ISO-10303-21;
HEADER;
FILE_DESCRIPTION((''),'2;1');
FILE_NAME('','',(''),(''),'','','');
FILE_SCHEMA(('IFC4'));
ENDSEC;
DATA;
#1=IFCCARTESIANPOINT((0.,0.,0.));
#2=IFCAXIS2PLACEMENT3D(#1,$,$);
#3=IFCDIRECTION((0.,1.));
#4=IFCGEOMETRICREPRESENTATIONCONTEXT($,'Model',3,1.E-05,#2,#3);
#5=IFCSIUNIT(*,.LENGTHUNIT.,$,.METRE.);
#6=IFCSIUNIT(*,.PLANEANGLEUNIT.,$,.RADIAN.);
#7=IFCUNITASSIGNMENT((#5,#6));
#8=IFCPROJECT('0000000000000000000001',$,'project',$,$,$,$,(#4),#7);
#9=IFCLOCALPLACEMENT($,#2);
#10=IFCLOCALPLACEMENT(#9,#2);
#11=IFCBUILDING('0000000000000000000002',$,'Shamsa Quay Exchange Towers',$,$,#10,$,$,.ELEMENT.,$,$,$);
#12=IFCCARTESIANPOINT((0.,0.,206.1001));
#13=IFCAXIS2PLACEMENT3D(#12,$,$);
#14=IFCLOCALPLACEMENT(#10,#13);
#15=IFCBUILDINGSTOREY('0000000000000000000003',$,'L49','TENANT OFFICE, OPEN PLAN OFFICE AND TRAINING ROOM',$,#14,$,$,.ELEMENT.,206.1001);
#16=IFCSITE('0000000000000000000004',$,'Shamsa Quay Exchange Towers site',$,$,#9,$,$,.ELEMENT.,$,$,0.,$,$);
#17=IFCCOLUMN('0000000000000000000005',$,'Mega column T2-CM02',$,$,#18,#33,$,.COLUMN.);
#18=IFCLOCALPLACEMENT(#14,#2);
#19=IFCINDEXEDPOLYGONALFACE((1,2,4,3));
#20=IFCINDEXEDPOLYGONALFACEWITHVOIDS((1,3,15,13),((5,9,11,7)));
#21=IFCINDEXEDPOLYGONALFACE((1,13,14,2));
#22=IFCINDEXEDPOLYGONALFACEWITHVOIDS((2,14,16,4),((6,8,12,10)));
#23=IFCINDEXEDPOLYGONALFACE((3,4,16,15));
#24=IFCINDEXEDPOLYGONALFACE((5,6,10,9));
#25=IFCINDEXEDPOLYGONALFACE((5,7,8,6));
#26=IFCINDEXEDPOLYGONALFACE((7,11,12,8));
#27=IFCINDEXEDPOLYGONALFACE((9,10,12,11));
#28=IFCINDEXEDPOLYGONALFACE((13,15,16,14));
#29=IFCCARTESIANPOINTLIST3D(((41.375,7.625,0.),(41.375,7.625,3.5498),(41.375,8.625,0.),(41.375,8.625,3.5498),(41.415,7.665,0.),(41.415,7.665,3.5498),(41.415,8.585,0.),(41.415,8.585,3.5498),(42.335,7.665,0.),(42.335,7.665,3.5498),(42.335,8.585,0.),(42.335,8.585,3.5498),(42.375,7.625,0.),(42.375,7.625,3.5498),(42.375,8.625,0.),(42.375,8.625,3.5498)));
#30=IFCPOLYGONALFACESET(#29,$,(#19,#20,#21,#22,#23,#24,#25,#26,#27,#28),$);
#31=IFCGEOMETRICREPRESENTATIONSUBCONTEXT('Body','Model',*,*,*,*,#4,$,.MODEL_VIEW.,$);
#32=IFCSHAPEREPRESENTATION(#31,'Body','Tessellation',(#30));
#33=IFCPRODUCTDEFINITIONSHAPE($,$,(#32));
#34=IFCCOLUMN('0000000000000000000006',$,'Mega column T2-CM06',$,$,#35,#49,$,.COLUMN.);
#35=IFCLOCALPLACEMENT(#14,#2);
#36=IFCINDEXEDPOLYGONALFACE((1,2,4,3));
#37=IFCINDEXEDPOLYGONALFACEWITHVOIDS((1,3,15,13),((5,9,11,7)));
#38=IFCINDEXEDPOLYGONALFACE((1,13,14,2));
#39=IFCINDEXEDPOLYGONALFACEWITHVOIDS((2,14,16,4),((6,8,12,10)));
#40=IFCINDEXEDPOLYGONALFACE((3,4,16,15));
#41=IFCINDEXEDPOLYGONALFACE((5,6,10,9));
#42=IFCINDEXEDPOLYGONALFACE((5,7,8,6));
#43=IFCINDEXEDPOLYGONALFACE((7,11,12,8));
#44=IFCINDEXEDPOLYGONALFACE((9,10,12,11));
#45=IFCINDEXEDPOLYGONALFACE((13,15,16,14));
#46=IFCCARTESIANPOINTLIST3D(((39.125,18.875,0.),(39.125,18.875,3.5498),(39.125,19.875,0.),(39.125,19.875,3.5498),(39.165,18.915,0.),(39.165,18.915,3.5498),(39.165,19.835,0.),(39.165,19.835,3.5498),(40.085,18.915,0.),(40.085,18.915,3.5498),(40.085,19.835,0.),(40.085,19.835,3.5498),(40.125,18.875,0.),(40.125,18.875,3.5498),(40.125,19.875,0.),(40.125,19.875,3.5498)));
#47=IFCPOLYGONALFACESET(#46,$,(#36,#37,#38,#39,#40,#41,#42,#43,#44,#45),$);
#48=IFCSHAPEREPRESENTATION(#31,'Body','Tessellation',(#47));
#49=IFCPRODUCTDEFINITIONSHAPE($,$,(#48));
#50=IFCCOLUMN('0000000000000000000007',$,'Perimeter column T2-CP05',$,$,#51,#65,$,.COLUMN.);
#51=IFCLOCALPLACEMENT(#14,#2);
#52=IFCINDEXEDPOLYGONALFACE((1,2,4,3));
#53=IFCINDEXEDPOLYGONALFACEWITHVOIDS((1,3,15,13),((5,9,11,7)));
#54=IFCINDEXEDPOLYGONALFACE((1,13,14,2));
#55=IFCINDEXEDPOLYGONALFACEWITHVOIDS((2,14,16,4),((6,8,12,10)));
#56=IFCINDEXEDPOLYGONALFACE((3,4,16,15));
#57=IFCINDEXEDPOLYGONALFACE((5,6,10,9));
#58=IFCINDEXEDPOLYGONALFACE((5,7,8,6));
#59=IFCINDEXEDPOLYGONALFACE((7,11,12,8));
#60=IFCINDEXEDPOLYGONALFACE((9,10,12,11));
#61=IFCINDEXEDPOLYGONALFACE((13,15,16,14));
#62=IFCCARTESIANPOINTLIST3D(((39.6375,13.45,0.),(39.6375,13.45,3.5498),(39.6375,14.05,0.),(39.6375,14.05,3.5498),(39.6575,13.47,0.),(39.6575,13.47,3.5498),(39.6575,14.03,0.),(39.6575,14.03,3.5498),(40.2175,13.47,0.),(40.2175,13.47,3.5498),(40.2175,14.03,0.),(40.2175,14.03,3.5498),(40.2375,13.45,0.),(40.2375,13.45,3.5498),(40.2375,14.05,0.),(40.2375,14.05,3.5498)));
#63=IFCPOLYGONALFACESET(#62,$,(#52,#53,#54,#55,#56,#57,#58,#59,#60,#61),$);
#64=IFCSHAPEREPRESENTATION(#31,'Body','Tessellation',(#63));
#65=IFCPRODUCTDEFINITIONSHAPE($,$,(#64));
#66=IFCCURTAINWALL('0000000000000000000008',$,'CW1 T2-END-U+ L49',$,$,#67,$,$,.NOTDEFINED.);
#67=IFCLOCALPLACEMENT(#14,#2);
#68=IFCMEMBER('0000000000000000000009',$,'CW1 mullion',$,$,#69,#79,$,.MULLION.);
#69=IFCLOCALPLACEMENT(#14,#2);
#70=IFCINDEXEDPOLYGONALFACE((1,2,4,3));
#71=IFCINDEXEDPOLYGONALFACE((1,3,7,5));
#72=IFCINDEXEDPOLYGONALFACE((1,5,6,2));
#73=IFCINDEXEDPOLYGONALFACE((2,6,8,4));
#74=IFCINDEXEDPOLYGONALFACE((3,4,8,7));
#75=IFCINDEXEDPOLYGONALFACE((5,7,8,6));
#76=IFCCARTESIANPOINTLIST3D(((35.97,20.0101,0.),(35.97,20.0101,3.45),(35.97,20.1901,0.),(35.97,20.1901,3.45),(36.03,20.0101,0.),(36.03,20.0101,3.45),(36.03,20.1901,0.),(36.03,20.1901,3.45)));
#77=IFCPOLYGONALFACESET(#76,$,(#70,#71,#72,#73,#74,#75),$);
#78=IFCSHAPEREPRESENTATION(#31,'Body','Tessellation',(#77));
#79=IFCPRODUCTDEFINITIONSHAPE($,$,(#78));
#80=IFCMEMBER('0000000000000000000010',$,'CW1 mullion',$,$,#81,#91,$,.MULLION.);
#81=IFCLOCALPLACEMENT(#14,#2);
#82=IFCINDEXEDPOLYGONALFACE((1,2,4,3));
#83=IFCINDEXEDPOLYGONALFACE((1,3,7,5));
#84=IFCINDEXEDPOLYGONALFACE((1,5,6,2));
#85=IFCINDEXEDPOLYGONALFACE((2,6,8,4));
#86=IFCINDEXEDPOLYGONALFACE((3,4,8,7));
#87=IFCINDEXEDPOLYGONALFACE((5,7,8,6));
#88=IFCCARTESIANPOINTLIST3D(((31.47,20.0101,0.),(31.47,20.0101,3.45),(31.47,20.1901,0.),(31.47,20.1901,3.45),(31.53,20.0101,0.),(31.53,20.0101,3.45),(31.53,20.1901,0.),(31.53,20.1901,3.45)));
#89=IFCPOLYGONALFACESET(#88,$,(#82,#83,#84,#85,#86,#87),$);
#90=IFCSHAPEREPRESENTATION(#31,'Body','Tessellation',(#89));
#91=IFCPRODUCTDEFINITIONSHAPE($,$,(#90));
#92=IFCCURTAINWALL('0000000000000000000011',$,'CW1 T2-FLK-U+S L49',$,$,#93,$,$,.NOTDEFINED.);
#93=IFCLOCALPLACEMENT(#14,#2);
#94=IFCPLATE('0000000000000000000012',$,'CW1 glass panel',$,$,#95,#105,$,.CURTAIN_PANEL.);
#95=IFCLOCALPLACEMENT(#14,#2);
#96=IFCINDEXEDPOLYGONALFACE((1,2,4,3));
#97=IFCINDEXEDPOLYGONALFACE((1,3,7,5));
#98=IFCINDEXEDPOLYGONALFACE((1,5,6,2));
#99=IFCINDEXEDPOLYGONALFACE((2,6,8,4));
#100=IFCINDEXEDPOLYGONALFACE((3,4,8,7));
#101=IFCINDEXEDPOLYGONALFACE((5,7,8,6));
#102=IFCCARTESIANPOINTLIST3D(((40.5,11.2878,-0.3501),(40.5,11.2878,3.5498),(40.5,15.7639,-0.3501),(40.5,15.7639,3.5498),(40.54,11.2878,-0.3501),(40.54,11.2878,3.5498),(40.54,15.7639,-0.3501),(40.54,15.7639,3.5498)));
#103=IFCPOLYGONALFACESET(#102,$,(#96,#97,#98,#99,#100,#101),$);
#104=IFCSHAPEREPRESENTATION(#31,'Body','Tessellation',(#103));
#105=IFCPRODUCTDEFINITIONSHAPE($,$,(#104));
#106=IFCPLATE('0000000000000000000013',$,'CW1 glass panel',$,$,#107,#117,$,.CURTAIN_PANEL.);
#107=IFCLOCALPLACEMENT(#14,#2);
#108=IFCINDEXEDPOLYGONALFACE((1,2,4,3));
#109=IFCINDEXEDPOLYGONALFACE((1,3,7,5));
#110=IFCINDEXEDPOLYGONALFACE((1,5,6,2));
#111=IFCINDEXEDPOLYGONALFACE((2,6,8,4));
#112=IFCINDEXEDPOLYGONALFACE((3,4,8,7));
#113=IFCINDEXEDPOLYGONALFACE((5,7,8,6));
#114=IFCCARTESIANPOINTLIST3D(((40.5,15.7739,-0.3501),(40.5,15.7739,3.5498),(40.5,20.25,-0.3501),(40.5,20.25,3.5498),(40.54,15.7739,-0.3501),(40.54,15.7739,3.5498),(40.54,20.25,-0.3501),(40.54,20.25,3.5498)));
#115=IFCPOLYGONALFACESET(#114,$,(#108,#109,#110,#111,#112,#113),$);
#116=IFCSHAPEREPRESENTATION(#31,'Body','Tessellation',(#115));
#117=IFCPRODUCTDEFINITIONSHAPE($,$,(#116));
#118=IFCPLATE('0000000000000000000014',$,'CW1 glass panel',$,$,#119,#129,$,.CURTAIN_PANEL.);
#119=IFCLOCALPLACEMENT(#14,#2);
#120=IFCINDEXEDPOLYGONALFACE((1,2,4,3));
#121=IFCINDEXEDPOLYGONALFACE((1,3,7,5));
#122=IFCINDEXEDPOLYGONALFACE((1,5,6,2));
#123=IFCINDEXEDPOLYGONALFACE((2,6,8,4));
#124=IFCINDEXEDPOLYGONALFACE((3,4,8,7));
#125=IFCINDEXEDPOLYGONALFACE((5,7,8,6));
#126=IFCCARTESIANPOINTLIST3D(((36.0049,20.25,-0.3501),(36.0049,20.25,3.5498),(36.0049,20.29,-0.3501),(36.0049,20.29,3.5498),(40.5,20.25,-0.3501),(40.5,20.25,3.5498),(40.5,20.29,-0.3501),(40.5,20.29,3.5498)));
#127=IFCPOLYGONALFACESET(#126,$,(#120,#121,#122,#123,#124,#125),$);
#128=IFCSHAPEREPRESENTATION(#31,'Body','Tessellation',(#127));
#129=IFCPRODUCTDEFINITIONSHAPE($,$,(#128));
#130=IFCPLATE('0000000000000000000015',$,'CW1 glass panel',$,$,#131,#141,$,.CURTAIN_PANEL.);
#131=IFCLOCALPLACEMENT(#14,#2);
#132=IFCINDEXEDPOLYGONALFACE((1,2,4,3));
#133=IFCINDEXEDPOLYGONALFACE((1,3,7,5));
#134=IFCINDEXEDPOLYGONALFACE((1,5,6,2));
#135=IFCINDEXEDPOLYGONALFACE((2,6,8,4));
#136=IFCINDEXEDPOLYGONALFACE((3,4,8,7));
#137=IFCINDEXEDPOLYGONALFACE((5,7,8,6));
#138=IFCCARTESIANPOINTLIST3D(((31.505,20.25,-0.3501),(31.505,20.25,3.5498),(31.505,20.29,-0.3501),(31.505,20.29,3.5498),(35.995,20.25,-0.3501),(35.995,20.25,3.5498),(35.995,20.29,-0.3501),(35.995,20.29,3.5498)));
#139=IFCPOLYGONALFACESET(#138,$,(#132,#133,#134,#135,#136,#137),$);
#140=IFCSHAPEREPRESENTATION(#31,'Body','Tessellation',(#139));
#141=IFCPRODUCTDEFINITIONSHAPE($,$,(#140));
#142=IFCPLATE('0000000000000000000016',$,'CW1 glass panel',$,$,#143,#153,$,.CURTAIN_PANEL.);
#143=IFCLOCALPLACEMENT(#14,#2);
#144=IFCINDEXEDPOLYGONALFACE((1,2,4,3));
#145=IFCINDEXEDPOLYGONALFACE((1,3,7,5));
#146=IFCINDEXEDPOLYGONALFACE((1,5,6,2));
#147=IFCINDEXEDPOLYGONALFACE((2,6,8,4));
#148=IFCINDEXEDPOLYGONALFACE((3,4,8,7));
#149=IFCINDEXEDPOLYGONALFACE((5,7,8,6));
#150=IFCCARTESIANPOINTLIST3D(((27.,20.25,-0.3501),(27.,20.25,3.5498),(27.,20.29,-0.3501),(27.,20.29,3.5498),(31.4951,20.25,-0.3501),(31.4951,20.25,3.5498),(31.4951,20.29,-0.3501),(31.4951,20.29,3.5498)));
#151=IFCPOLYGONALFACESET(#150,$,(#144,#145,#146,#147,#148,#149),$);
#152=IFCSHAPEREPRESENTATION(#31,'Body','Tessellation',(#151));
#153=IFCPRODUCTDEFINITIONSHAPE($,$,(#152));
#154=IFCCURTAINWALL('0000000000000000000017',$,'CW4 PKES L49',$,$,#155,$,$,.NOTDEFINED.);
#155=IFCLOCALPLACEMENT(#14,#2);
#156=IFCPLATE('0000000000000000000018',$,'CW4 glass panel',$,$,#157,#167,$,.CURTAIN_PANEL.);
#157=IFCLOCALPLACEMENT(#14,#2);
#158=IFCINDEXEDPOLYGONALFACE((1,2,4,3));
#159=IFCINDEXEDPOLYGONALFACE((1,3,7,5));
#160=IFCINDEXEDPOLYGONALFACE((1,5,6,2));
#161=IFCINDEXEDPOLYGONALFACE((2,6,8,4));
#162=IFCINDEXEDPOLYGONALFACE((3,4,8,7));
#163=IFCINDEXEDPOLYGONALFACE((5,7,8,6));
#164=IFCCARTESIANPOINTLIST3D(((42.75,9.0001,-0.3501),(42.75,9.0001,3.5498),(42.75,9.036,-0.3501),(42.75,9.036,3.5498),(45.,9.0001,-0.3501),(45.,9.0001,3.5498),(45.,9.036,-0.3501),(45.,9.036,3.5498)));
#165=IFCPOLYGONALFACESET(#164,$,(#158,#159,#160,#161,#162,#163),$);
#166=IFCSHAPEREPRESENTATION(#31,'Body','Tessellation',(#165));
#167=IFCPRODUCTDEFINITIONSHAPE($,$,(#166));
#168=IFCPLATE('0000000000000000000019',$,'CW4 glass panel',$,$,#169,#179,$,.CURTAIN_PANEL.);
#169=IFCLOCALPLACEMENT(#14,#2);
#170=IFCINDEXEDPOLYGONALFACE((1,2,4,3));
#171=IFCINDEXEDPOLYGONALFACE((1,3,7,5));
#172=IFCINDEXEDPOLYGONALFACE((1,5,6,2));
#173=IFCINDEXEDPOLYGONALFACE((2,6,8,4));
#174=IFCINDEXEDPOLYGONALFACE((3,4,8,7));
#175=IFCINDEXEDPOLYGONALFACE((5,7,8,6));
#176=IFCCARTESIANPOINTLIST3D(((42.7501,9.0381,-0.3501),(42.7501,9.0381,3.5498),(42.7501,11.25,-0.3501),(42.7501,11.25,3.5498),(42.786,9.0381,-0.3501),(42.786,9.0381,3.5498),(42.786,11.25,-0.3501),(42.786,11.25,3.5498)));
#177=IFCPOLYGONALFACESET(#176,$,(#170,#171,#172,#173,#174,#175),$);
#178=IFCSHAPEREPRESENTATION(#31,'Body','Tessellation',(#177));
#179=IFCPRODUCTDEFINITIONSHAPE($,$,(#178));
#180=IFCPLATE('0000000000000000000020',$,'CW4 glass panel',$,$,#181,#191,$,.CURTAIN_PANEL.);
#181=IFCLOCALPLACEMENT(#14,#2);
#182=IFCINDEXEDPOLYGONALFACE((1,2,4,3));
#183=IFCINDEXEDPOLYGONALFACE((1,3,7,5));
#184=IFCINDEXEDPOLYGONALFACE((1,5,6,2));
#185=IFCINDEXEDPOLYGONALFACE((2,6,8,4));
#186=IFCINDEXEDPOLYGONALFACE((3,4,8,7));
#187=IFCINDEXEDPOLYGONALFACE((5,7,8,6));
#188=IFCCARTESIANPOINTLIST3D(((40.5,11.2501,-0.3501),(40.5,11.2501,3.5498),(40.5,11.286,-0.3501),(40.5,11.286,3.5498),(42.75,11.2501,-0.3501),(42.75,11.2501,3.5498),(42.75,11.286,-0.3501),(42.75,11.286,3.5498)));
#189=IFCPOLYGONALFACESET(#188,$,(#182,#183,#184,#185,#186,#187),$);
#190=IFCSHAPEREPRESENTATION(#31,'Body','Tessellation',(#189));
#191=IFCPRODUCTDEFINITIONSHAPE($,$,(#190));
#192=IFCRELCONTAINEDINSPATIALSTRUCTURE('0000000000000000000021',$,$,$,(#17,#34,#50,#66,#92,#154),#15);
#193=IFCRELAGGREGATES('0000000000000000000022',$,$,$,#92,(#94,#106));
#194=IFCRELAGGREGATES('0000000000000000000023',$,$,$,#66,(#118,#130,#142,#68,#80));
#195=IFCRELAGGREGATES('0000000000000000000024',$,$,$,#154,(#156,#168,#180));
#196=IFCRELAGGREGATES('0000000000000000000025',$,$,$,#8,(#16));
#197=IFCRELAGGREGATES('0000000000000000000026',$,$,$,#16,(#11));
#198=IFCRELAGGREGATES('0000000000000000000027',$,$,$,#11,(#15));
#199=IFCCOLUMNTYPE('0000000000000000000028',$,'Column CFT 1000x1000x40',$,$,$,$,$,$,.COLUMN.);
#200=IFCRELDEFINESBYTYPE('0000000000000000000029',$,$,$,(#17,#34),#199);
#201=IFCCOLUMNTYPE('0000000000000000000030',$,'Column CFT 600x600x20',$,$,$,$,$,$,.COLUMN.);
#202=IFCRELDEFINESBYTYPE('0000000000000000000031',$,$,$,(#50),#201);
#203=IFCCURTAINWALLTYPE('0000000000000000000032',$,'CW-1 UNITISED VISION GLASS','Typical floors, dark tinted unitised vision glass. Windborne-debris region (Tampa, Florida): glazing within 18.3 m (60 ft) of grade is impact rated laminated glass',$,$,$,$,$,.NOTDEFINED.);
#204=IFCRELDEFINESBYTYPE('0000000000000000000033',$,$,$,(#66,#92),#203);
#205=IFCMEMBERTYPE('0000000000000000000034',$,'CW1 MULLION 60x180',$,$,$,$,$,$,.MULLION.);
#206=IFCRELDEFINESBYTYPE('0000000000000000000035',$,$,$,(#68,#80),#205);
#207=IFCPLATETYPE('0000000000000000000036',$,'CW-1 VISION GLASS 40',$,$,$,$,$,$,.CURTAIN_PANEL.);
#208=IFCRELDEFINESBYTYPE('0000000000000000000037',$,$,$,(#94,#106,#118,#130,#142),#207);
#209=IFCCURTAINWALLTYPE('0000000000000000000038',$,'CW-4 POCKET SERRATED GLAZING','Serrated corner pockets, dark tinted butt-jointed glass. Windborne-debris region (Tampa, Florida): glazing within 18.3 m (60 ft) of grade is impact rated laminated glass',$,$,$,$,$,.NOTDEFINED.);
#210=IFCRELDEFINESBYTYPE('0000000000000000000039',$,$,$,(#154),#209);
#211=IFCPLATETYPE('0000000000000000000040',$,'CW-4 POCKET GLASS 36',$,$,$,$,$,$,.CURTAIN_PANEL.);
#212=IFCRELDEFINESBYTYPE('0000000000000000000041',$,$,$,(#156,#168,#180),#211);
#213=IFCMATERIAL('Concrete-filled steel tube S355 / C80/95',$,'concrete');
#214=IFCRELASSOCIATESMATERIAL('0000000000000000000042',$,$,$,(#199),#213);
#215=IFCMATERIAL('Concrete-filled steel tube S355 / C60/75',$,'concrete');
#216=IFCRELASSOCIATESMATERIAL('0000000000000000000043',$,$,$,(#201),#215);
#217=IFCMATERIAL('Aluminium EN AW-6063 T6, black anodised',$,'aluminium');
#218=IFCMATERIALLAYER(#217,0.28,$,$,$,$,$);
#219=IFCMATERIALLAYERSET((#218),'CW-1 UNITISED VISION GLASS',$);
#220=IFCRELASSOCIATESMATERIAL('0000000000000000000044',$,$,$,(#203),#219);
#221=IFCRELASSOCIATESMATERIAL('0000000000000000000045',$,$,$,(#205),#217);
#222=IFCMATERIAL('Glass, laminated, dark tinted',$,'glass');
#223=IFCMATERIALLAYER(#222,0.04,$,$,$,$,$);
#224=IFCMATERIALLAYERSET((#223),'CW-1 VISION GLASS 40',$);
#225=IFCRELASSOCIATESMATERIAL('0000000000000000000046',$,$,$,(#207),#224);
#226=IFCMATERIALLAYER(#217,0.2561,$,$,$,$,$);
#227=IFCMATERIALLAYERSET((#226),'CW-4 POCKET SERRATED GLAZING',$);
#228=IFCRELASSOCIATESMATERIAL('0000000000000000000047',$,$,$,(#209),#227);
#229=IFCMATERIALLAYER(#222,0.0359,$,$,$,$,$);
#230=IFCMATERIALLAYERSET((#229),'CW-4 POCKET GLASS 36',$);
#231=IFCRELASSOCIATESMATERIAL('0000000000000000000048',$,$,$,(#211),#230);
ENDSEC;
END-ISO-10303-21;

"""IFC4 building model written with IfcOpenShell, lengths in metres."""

from ifc_helpers import new_model, si_unit, direction, frame, origin, origin_2d, place, context, subcontext, project, spatial, rectangle, hollow_rectangle, extrude, material, layer, layer_set, material_profile, profile_set, type_object, element, aggregate, save


model = new_model("IFC4")

# Units and contexts
model_context = context("Model", 3, precision=1e-05, world=origin(), true_north=direction((0.0, 1.0)))
body_context = subcontext(model_context, "Body", "Model", "MODEL_VIEW")
ifc_project = project(units=[si_unit("LENGTHUNIT", "METRE"), si_unit("PLANEANGLEUNIT", "RADIAN")], contexts=[model_context])

# Site, building, storey
site_placement = place(None, origin())
site = spatial("IfcSite", under=ifc_project, at=site_placement, Name="Shamsa Quay Exchange Towers site", CompositionType="ELEMENT", RefElevation=0.0)
building_placement = place(site_placement, origin())
building = spatial("IfcBuilding", under=site, at=building_placement, Name="Shamsa Quay Exchange Towers", CompositionType="ELEMENT")
storey_placement = place(building_placement, frame((0.0, 0.0, 206.1001)))
storey = spatial("IfcBuildingStorey", under=building, at=storey_placement, Name="L49", Description="TENANT OFFICE, OPEN PLAN OFFICE AND TRAINING ROOM", CompositionType="ELEMENT", Elevation=206.1001)

# Columns
ifc_material_1 = material(Name="Concrete-filled steel tube S355 / C80/95", Category="concrete")
ifc_material_profile_1 = material_profile(ifc_material_1, hollow_rectangle(XDim=1.0, YDim=1.0, WallThickness=0.04, at=origin_2d()), Name="CFT 1000x1000x40")
ifc_profile_set_1 = profile_set([ifc_material_profile_1], Name="Concrete-filled steel tube S355 / C80/95")
column_type_1 = type_object("IfcColumnType", Name="Column CFT 1000x1000x40", PredefinedType="COLUMN", material=ifc_profile_set_1)
for number, where, name in (
    (1, (41.875, 8.125, 0.0), "Mega column T2-CM02"),
    (2, (39.625, 19.375, 0.0), "Mega column T2-CM06"),
):
    element("IfcColumn", number, at=place(storey_placement, frame(where)), inside=storey, type_object=column_type_1, Name=name, PredefinedType="COLUMN", context=body_context, shape_type="SweptSolid", body=[
        extrude(hollow_rectangle(XDim=1.0, YDim=1.0, WallThickness=0.04, at=origin_2d()), origin(), (0.0, 0.0, 1.0), 3.5498),
    ])
ifc_material_2 = material(Name="Concrete-filled steel tube S355 / C60/75", Category="concrete")
ifc_material_profile_2 = material_profile(ifc_material_2, hollow_rectangle(XDim=0.6001, YDim=0.6001, WallThickness=0.02, at=origin_2d()), Name="CFT 600x600x20")
ifc_profile_set_2 = profile_set([ifc_material_profile_2], Name="Concrete-filled steel tube S355 / C60/75")
column_type_2 = type_object("IfcColumnType", Name="Column CFT 600x600x20", PredefinedType="COLUMN", material=ifc_profile_set_2)
column_placement = place(storey_placement, frame((39.9375, 13.75, 0.0)))
element("IfcColumn", 3, at=column_placement, inside=storey, type_object=column_type_2, Name="Perimeter column T2-CP05", PredefinedType="COLUMN", context=body_context, shape_type="SweptSolid", body=[
    extrude(hollow_rectangle(XDim=0.6001, YDim=0.6001, WallThickness=0.02, at=origin_2d()), origin(), (0.0, 0.0, 1.0), 3.5498),
])

# Curtain wall, members
ifc_material_3 = material(Name="Aluminium EN AW-6063 T6, black anodised", Category="aluminium")
ifc_layer_1 = layer(ifc_material_3, 0.28)
ifc_layer_set_1 = layer_set([ifc_layer_1], Name="CW-1 UNITISED VISION GLASS")
curtain_wall_type_1 = type_object("IfcCurtainWallType", Name="CW-1 UNITISED VISION GLASS", Description="Typical floors, dark tinted unitised vision glass. Windborne-debris region (Tampa, Florida): glazing within 18.3 m (60 ft) of grade is impact rated laminated glass", PredefinedType="NOTDEFINED", material=ifc_layer_set_1)
curtain_wall_1_placement = place(storey_placement, origin())
curtain_wall_1 = element("IfcCurtainWall", 4, at=curtain_wall_1_placement, inside=storey, type_object=curtain_wall_type_1, Name="CW1 T2-END-U+ L49", PredefinedType="NOTDEFINED")
ifc_material_profile_3 = material_profile(ifc_material_3, rectangle(XDim=0.1799, YDim=0.0601, at=origin_2d()), Name="MU60x180")
ifc_profile_set_3 = profile_set([ifc_material_profile_3], Name="Aluminium EN AW-6063 T6, black anodised")
member_type = type_object("IfcMemberType", Name="CW1 MULLION 60x180", PredefinedType="MULLION", material=ifc_profile_set_3)
member_1_placement = place(storey_placement, frame((36.0, 20.1001, 0.0), z_axis=(0.0, 0.0, 1.0), x_axis=(0.0, -1.0, 0.0)))
member_1 = element("IfcMember", 5, at=member_1_placement, type_object=member_type, Name="CW1 mullion", PredefinedType="MULLION", context=body_context, shape_type="SweptSolid", body=[
    extrude(rectangle(XDim=0.1799, YDim=0.0601, at=origin_2d()), origin(), (0.0, 0.0, 1.0), 3.45),
])
member_2_placement = place(storey_placement, frame((31.5, 20.1001, 0.0), z_axis=(0.0, 0.0, 1.0), x_axis=(0.0, -1.0, 0.0)))
member_2 = element("IfcMember", 6, at=member_2_placement, type_object=member_type, Name="CW1 mullion", PredefinedType="MULLION", context=body_context, shape_type="SweptSolid", body=[
    extrude(rectangle(XDim=0.1799, YDim=0.0601, at=origin_2d()), origin(), (0.0, 0.0, 1.0), 3.45),
])

# Curtain wall, plates
curtain_wall_2_placement = place(storey_placement, origin())
curtain_wall_2 = element("IfcCurtainWall", 7, at=curtain_wall_2_placement, inside=storey, type_object=curtain_wall_type_1, Name="CW1 T2-FLK-U+S L49", PredefinedType="NOTDEFINED")
ifc_material_4 = material(Name="Glass, laminated, dark tinted", Category="glass")
ifc_layer_2 = layer(ifc_material_4, 0.04)
ifc_layer_set_2 = layer_set([ifc_layer_2], Name="CW-1 VISION GLASS 40")
plate_type_1 = type_object("IfcPlateType", Name="CW-1 VISION GLASS 40", PredefinedType="CURTAIN_PANEL", material=ifc_layer_set_2)
plate_1_placement = place(storey_placement, frame((40.52, 13.5259, -0.3501), z_axis=(0.0, 0.0, 1.0), x_axis=(0.0, 1.0, 0.0)))
plate_1 = element("IfcPlate", 8, at=plate_1_placement, type_object=plate_type_1, Name="CW1 glass panel", PredefinedType="CURTAIN_PANEL", context=body_context, shape_type="SweptSolid", body=[
    extrude(rectangle(XDim=4.4761, YDim=0.04, at=origin_2d()), origin(), (0.0, 0.0, 1.0), 3.8999),
])
plate_2_placement = place(storey_placement, frame((40.52, 18.012, -0.3501), z_axis=(0.0, 0.0, 1.0), x_axis=(0.0, 1.0, 0.0)))
plate_2 = element("IfcPlate", 9, at=plate_2_placement, type_object=plate_type_1, Name="CW1 glass panel", PredefinedType="CURTAIN_PANEL", context=body_context, shape_type="SweptSolid", body=[
    extrude(rectangle(XDim=4.4761, YDim=0.04, at=origin_2d()), origin(), (0.0, 0.0, 1.0), 3.8999),
])
aggregate(curtain_wall_2, [plate_1, plate_2])

# Plates
plate_3_placement = place(storey_placement, frame((38.2524, 20.27, -0.3501), z_axis=(0.0, 0.0, 1.0), x_axis=(-1.0, 0.0, 0.0)))
plate_3 = element("IfcPlate", 10, at=plate_3_placement, type_object=plate_type_1, Name="CW1 glass panel", PredefinedType="CURTAIN_PANEL", context=body_context, shape_type="SweptSolid", body=[
    extrude(rectangle(XDim=4.4951, YDim=0.04, at=origin_2d()), origin(), (0.0, 0.0, 1.0), 3.8999),
])
plate_4_placement = place(storey_placement, frame((33.75, 20.27, -0.3501), z_axis=(0.0, 0.0, 1.0), x_axis=(-1.0, 0.0, 0.0)))
plate_4 = element("IfcPlate", 11, at=plate_4_placement, type_object=plate_type_1, Name="CW1 glass panel", PredefinedType="CURTAIN_PANEL", context=body_context, shape_type="SweptSolid", body=[
    extrude(rectangle(XDim=4.49, YDim=0.04, at=origin_2d()), origin(), (0.0, 0.0, 1.0), 3.8999),
])
plate_5_placement = place(storey_placement, frame((29.2476, 20.27, -0.3501), z_axis=(0.0, 0.0, 1.0), x_axis=(-1.0, 0.0, 0.0)))
plate_5 = element("IfcPlate", 12, at=plate_5_placement, type_object=plate_type_1, Name="CW1 glass panel", PredefinedType="CURTAIN_PANEL", context=body_context, shape_type="SweptSolid", body=[
    extrude(rectangle(XDim=4.4951, YDim=0.04, at=origin_2d()), origin(), (0.0, 0.0, 1.0), 3.8999),
])
aggregate(curtain_wall_1, [plate_3, plate_4, plate_5, member_1, member_2])

# Curtain wall, plates
ifc_layer_3 = layer(ifc_material_3, 0.2561)
ifc_layer_set_3 = layer_set([ifc_layer_3], Name="CW-4 POCKET SERRATED GLAZING")
curtain_wall_type_2 = type_object("IfcCurtainWallType", Name="CW-4 POCKET SERRATED GLAZING", Description="Serrated corner pockets, dark tinted butt-jointed glass. Windborne-debris region (Tampa, Florida): glazing within 18.3 m (60 ft) of grade is impact rated laminated glass", PredefinedType="NOTDEFINED", material=ifc_layer_set_3)
curtain_wall_3_placement = place(storey_placement, origin())
curtain_wall_3 = element("IfcCurtainWall", 13, at=curtain_wall_3_placement, inside=storey, type_object=curtain_wall_type_2, Name="CW4 PKES L49", PredefinedType="NOTDEFINED")
ifc_layer_4 = layer(ifc_material_4, 0.0359)
ifc_layer_set_4 = layer_set([ifc_layer_4], Name="CW-4 POCKET GLASS 36")
plate_type_2 = type_object("IfcPlateType", Name="CW-4 POCKET GLASS 36", PredefinedType="CURTAIN_PANEL", material=ifc_layer_set_4)
plate_6_placement = place(storey_placement, frame((43.875, 9.0181, -0.3501), z_axis=(0.0, 0.0, 1.0), x_axis=(-1.0, 0.0, 0.0)))
plate_6 = element("IfcPlate", 14, at=plate_6_placement, type_object=plate_type_2, Name="CW4 glass panel", PredefinedType="CURTAIN_PANEL", context=body_context, shape_type="SweptSolid", body=[
    extrude(rectangle(XDim=2.25, YDim=0.0359, at=origin_2d()), origin(), (0.0, 0.0, 1.0), 3.8999),
])
plate_7_placement = place(storey_placement, frame((42.7681, 10.144, -0.3501), z_axis=(0.0, 0.0, 1.0), x_axis=(0.0, 1.0, 0.0)))
plate_7 = element("IfcPlate", 15, at=plate_7_placement, type_object=plate_type_2, Name="CW4 glass panel", PredefinedType="CURTAIN_PANEL", context=body_context, shape_type="SweptSolid", body=[
    extrude(rectangle(XDim=2.2119, YDim=0.0359, at=origin_2d()), origin(), (0.0, 0.0, 1.0), 3.8999),
])
plate_8_placement = place(storey_placement, frame((41.625, 11.2681, -0.3501), z_axis=(0.0, 0.0, 1.0), x_axis=(-1.0, 0.0, 0.0)))
plate_8 = element("IfcPlate", 16, at=plate_8_placement, type_object=plate_type_2, Name="CW4 glass panel", PredefinedType="CURTAIN_PANEL", context=body_context, shape_type="SweptSolid", body=[
    extrude(rectangle(XDim=2.25, YDim=0.0359, at=origin_2d()), origin(), (0.0, 0.0, 1.0), 3.8999),
])
aggregate(curtain_wall_3, [plate_6, plate_7, plate_8])

save(model, "model.ifc")
